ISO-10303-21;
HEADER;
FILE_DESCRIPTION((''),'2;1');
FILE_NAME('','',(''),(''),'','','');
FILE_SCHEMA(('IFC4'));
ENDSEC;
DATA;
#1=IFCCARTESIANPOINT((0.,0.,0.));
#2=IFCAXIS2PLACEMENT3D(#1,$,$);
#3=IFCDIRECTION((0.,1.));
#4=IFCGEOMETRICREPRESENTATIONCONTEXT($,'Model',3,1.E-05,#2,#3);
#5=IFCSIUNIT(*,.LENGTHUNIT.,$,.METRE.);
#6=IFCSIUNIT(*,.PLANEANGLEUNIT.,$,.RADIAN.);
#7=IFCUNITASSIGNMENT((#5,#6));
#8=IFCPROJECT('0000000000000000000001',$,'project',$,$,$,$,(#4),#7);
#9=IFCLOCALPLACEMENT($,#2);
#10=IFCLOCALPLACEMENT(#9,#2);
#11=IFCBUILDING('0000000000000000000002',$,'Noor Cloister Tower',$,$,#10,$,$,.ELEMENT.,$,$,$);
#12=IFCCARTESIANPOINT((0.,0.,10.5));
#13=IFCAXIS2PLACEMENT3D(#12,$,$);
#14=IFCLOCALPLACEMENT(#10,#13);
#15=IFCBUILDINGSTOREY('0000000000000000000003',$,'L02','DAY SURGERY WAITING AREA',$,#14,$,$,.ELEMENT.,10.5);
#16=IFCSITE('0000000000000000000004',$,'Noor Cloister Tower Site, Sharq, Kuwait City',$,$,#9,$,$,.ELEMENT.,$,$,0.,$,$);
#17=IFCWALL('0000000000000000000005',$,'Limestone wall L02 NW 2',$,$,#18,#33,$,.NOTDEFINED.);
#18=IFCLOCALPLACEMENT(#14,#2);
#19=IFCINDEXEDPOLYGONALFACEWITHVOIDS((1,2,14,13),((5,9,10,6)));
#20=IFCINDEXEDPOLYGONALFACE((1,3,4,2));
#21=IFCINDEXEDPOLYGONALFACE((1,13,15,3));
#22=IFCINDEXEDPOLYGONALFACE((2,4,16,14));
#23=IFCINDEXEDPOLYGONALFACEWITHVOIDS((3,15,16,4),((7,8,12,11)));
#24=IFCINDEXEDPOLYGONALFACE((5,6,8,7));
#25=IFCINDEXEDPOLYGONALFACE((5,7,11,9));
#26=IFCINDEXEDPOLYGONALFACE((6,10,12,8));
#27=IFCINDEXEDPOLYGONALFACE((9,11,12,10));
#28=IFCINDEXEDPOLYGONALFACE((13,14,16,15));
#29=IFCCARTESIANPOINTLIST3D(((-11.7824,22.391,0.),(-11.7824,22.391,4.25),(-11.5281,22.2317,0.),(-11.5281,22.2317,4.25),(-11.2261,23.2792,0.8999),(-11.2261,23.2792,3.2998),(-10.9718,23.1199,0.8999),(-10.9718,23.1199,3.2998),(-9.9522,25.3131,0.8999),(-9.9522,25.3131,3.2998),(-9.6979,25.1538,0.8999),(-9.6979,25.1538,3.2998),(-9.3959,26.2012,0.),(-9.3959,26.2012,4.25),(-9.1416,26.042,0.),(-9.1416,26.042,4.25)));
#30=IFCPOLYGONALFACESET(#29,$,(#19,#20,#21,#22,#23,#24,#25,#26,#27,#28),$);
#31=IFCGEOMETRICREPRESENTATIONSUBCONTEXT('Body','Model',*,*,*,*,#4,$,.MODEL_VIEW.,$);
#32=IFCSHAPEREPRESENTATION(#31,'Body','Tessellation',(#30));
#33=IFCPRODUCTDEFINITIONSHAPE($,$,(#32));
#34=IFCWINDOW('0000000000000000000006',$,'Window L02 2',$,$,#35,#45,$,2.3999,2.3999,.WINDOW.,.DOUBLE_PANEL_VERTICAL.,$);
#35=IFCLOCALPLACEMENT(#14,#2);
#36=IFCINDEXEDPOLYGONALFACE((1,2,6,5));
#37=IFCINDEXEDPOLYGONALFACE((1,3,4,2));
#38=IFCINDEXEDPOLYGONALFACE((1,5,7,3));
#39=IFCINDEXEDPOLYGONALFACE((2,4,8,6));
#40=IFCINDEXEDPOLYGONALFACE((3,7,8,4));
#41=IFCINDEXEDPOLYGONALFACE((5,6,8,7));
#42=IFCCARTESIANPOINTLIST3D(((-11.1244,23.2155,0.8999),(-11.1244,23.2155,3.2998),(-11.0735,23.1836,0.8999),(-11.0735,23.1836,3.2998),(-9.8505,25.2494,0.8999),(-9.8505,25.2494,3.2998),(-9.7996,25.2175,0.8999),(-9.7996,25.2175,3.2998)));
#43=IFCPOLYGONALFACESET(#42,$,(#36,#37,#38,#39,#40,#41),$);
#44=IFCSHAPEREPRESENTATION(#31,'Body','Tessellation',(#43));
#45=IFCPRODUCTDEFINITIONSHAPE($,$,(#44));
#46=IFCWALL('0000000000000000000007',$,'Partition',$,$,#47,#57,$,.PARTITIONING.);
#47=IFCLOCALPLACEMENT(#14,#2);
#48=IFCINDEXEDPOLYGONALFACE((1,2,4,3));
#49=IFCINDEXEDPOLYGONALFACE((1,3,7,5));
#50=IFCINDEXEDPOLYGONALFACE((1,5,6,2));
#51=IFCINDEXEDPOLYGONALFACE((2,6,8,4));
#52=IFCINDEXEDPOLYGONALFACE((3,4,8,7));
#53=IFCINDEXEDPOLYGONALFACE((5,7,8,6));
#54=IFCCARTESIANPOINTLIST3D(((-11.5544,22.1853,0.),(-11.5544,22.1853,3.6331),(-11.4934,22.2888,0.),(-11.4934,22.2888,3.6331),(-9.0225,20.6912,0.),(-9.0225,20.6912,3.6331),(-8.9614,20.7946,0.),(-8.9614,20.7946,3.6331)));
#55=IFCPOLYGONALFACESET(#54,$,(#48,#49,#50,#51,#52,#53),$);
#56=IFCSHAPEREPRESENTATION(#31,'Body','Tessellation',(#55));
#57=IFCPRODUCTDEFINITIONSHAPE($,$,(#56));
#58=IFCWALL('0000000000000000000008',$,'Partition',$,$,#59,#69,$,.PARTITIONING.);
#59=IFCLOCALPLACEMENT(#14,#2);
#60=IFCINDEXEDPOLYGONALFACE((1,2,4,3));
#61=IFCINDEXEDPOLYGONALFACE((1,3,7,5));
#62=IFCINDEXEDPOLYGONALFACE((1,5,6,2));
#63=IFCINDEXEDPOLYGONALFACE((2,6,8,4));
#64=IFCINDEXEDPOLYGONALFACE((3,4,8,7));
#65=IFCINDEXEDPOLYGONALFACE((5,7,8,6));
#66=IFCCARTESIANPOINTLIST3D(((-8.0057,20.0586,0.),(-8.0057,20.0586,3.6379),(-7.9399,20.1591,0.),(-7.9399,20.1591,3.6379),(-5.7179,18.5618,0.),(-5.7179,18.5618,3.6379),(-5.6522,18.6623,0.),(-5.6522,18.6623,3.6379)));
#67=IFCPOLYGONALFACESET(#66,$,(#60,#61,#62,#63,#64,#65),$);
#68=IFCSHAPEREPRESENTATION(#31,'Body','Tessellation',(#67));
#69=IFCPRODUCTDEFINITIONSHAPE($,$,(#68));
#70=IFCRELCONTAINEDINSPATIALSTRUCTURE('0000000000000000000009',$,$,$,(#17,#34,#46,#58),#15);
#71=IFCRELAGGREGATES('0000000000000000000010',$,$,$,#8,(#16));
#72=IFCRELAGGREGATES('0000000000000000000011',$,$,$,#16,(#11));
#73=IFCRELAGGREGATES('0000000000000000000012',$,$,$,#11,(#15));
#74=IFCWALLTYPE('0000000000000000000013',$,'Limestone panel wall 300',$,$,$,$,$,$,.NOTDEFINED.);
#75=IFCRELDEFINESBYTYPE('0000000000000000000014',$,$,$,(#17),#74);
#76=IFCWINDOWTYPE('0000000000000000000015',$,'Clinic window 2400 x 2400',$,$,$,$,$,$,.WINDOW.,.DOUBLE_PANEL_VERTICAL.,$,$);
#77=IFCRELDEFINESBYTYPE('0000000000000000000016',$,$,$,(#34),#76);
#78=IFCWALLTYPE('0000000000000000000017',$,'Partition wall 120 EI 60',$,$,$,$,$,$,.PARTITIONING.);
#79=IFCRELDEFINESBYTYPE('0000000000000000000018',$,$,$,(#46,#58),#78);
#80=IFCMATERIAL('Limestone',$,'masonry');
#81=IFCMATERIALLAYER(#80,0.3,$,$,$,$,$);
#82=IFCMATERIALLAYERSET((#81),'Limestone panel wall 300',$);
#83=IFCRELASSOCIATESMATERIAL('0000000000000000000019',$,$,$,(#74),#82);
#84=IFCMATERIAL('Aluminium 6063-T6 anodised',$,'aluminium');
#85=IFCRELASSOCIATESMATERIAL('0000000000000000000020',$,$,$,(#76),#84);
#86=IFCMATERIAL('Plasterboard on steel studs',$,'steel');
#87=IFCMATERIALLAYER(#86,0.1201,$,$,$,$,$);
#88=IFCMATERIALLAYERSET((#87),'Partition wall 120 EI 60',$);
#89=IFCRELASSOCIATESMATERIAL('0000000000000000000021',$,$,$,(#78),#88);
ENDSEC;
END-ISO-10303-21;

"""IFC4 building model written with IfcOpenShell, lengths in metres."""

from ifc_helpers import new_model, si_unit, direction, frame, frame_2d, origin, place, context, subcontext, project, spatial, rectangle, extrude, material, layer, layer_set, type_object, element, fill, save


model = new_model("IFC4")

# Units and contexts
model_context = context("Model", 3, precision=1e-05, world=origin(), true_north=direction((0.0, 1.0)))
body_context = subcontext(model_context, "Body", "Model", "MODEL_VIEW")
ifc_project = project(units=[si_unit("LENGTHUNIT", "METRE"), si_unit("PLANEANGLEUNIT", "RADIAN")], contexts=[model_context])

# Site, building, storey
site_placement = place(None, origin())
site = spatial("IfcSite", under=ifc_project, at=site_placement, Name="Noor Cloister Tower Site, Sharq, Kuwait City", CompositionType="ELEMENT", RefElevation=0.0)
building_placement = place(site_placement, origin())
building = spatial("IfcBuilding", under=site, at=building_placement, Name="Noor Cloister Tower", CompositionType="ELEMENT")
storey_placement = place(building_placement, frame((0.0, 0.0, 10.5)))
storey = spatial("IfcBuildingStorey", under=building, at=storey_placement, Name="L02", Description="DAY SURGERY WAITING AREA", CompositionType="ELEMENT", Elevation=10.5)

# Wall, opening, window
ifc_material_1 = material(Name="Limestone", Category="masonry")
ifc_layer_1 = layer(ifc_material_1, 0.3)
ifc_layer_set_1 = layer_set([ifc_layer_1], Name="Limestone panel wall 300")
wall_type_1 = type_object("IfcWallType", Name="Limestone panel wall 300", PredefinedType="NOTDEFINED", material=ifc_layer_set_1)
wall_1_placement = place(storey_placement, frame((-11.6553, 22.3113, 0.0), z_axis=(0.0, 0.0, 1.0), x_axis=(0.530804, 0.847495, 0.0)))
wall_1 = element("IfcWall", 1, at=wall_1_placement, inside=storey, type_object=wall_type_1, Name="Limestone wall L02 NW 2", PredefinedType="NOTDEFINED", context=body_context, shape_type="SweptSolid", body=[
    extrude(rectangle(XDim=4.4958, YDim=0.3, at=frame_2d((2.248, 0.0))), origin(), (0.0, 0.0, 1.0), 4.25),
])
opening_1_placement = place(wall_1_placement, frame((1.0481, 0.0, 0.8999)))
opening_1 = element("IfcOpeningElement", 2, at=opening_1_placement, cuts=wall_1, PredefinedType="OPENING", context=body_context, shape_type="SweptSolid", body=[
    extrude(rectangle(XDim=2.3999, YDim=2.3999, at=frame_2d((1.2, 1.2))), frame((0.0, 0.1602, 0.0), z_axis=(0.0, -1.0, 0.0), x_axis=(1.0, 0.0, 0.0)), (0.0, 0.0, 1.0), 0.3201),
])
ifc_material_2 = material(Name="Aluminium 6063-T6 anodised", Category="aluminium")
window_type_1 = type_object("IfcWindowType", Name="Clinic window 2400 x 2400", PartitioningType="DOUBLE_PANEL_VERTICAL", PredefinedType="WINDOW", material=ifc_material_2)
window_1_placement = place(opening_1_placement, origin())
window_1 = element("IfcWindow", 3, at=window_1_placement, inside=storey, type_object=window_type_1, Name="Window L02 2", OverallHeight=2.3999, OverallWidth=2.3999, PartitioningType="DOUBLE_PANEL_VERTICAL", PredefinedType="WINDOW", context=body_context, shape_type="SweptSolid", body=[
    extrude(rectangle(XDim=2.3999, YDim=2.3999, at=frame_2d((1.2, 1.2))), frame((0.0, 0.03, 0.0), z_axis=(0.0, -1.0, 0.0), x_axis=(1.0, 0.0, 0.0)), (0.0, 0.0, 1.0), 0.0601),
])
fill(opening_1, window_1)

# Walls
ifc_material_3 = material(Name="Plasterboard on steel studs", Category="steel")
ifc_layer_2 = layer(ifc_material_3, 0.1201)
ifc_layer_set_2 = layer_set([ifc_layer_2], Name="Partition wall 120 EI 60")
wall_type_2 = type_object("IfcWallType", Name="Partition wall 120 EI 60", PredefinedType="PARTITIONING", material=ifc_layer_set_2)
wall_2_placement = place(storey_placement, frame((-8.9919, 20.7429, 0.0), z_axis=(0.0, 0.0, 1.0), x_axis=(-0.861229, 0.508217, 0.0)))
element("IfcWall", 4, at=wall_2_placement, inside=storey, type_object=wall_type_2, Name="Partition", PredefinedType="PARTITIONING", context=body_context, shape_type="SweptSolid", body=[
    extrude(rectangle(XDim=2.9399, YDim=0.1201, at=frame_2d((1.47, 0.0))), origin(), (0.0, 0.0, 1.0), 3.6331),
])
wall_3_placement = place(storey_placement, frame((-5.6851, 18.6121, 0.0), z_axis=(0.0, 0.0, 1.0), x_axis=(-0.836814, 0.547488, 0.0)))
element("IfcWall", 5, at=wall_3_placement, inside=storey, type_object=wall_type_2, Name="Partition", PredefinedType="PARTITIONING", context=body_context, shape_type="SweptSolid", body=[
    extrude(rectangle(XDim=2.7339, YDim=0.1201, at=frame_2d((1.3669, 0.0))), origin(), (0.0, 0.0, 1.0), 3.6379),
])

save(model, "model.ifc")
